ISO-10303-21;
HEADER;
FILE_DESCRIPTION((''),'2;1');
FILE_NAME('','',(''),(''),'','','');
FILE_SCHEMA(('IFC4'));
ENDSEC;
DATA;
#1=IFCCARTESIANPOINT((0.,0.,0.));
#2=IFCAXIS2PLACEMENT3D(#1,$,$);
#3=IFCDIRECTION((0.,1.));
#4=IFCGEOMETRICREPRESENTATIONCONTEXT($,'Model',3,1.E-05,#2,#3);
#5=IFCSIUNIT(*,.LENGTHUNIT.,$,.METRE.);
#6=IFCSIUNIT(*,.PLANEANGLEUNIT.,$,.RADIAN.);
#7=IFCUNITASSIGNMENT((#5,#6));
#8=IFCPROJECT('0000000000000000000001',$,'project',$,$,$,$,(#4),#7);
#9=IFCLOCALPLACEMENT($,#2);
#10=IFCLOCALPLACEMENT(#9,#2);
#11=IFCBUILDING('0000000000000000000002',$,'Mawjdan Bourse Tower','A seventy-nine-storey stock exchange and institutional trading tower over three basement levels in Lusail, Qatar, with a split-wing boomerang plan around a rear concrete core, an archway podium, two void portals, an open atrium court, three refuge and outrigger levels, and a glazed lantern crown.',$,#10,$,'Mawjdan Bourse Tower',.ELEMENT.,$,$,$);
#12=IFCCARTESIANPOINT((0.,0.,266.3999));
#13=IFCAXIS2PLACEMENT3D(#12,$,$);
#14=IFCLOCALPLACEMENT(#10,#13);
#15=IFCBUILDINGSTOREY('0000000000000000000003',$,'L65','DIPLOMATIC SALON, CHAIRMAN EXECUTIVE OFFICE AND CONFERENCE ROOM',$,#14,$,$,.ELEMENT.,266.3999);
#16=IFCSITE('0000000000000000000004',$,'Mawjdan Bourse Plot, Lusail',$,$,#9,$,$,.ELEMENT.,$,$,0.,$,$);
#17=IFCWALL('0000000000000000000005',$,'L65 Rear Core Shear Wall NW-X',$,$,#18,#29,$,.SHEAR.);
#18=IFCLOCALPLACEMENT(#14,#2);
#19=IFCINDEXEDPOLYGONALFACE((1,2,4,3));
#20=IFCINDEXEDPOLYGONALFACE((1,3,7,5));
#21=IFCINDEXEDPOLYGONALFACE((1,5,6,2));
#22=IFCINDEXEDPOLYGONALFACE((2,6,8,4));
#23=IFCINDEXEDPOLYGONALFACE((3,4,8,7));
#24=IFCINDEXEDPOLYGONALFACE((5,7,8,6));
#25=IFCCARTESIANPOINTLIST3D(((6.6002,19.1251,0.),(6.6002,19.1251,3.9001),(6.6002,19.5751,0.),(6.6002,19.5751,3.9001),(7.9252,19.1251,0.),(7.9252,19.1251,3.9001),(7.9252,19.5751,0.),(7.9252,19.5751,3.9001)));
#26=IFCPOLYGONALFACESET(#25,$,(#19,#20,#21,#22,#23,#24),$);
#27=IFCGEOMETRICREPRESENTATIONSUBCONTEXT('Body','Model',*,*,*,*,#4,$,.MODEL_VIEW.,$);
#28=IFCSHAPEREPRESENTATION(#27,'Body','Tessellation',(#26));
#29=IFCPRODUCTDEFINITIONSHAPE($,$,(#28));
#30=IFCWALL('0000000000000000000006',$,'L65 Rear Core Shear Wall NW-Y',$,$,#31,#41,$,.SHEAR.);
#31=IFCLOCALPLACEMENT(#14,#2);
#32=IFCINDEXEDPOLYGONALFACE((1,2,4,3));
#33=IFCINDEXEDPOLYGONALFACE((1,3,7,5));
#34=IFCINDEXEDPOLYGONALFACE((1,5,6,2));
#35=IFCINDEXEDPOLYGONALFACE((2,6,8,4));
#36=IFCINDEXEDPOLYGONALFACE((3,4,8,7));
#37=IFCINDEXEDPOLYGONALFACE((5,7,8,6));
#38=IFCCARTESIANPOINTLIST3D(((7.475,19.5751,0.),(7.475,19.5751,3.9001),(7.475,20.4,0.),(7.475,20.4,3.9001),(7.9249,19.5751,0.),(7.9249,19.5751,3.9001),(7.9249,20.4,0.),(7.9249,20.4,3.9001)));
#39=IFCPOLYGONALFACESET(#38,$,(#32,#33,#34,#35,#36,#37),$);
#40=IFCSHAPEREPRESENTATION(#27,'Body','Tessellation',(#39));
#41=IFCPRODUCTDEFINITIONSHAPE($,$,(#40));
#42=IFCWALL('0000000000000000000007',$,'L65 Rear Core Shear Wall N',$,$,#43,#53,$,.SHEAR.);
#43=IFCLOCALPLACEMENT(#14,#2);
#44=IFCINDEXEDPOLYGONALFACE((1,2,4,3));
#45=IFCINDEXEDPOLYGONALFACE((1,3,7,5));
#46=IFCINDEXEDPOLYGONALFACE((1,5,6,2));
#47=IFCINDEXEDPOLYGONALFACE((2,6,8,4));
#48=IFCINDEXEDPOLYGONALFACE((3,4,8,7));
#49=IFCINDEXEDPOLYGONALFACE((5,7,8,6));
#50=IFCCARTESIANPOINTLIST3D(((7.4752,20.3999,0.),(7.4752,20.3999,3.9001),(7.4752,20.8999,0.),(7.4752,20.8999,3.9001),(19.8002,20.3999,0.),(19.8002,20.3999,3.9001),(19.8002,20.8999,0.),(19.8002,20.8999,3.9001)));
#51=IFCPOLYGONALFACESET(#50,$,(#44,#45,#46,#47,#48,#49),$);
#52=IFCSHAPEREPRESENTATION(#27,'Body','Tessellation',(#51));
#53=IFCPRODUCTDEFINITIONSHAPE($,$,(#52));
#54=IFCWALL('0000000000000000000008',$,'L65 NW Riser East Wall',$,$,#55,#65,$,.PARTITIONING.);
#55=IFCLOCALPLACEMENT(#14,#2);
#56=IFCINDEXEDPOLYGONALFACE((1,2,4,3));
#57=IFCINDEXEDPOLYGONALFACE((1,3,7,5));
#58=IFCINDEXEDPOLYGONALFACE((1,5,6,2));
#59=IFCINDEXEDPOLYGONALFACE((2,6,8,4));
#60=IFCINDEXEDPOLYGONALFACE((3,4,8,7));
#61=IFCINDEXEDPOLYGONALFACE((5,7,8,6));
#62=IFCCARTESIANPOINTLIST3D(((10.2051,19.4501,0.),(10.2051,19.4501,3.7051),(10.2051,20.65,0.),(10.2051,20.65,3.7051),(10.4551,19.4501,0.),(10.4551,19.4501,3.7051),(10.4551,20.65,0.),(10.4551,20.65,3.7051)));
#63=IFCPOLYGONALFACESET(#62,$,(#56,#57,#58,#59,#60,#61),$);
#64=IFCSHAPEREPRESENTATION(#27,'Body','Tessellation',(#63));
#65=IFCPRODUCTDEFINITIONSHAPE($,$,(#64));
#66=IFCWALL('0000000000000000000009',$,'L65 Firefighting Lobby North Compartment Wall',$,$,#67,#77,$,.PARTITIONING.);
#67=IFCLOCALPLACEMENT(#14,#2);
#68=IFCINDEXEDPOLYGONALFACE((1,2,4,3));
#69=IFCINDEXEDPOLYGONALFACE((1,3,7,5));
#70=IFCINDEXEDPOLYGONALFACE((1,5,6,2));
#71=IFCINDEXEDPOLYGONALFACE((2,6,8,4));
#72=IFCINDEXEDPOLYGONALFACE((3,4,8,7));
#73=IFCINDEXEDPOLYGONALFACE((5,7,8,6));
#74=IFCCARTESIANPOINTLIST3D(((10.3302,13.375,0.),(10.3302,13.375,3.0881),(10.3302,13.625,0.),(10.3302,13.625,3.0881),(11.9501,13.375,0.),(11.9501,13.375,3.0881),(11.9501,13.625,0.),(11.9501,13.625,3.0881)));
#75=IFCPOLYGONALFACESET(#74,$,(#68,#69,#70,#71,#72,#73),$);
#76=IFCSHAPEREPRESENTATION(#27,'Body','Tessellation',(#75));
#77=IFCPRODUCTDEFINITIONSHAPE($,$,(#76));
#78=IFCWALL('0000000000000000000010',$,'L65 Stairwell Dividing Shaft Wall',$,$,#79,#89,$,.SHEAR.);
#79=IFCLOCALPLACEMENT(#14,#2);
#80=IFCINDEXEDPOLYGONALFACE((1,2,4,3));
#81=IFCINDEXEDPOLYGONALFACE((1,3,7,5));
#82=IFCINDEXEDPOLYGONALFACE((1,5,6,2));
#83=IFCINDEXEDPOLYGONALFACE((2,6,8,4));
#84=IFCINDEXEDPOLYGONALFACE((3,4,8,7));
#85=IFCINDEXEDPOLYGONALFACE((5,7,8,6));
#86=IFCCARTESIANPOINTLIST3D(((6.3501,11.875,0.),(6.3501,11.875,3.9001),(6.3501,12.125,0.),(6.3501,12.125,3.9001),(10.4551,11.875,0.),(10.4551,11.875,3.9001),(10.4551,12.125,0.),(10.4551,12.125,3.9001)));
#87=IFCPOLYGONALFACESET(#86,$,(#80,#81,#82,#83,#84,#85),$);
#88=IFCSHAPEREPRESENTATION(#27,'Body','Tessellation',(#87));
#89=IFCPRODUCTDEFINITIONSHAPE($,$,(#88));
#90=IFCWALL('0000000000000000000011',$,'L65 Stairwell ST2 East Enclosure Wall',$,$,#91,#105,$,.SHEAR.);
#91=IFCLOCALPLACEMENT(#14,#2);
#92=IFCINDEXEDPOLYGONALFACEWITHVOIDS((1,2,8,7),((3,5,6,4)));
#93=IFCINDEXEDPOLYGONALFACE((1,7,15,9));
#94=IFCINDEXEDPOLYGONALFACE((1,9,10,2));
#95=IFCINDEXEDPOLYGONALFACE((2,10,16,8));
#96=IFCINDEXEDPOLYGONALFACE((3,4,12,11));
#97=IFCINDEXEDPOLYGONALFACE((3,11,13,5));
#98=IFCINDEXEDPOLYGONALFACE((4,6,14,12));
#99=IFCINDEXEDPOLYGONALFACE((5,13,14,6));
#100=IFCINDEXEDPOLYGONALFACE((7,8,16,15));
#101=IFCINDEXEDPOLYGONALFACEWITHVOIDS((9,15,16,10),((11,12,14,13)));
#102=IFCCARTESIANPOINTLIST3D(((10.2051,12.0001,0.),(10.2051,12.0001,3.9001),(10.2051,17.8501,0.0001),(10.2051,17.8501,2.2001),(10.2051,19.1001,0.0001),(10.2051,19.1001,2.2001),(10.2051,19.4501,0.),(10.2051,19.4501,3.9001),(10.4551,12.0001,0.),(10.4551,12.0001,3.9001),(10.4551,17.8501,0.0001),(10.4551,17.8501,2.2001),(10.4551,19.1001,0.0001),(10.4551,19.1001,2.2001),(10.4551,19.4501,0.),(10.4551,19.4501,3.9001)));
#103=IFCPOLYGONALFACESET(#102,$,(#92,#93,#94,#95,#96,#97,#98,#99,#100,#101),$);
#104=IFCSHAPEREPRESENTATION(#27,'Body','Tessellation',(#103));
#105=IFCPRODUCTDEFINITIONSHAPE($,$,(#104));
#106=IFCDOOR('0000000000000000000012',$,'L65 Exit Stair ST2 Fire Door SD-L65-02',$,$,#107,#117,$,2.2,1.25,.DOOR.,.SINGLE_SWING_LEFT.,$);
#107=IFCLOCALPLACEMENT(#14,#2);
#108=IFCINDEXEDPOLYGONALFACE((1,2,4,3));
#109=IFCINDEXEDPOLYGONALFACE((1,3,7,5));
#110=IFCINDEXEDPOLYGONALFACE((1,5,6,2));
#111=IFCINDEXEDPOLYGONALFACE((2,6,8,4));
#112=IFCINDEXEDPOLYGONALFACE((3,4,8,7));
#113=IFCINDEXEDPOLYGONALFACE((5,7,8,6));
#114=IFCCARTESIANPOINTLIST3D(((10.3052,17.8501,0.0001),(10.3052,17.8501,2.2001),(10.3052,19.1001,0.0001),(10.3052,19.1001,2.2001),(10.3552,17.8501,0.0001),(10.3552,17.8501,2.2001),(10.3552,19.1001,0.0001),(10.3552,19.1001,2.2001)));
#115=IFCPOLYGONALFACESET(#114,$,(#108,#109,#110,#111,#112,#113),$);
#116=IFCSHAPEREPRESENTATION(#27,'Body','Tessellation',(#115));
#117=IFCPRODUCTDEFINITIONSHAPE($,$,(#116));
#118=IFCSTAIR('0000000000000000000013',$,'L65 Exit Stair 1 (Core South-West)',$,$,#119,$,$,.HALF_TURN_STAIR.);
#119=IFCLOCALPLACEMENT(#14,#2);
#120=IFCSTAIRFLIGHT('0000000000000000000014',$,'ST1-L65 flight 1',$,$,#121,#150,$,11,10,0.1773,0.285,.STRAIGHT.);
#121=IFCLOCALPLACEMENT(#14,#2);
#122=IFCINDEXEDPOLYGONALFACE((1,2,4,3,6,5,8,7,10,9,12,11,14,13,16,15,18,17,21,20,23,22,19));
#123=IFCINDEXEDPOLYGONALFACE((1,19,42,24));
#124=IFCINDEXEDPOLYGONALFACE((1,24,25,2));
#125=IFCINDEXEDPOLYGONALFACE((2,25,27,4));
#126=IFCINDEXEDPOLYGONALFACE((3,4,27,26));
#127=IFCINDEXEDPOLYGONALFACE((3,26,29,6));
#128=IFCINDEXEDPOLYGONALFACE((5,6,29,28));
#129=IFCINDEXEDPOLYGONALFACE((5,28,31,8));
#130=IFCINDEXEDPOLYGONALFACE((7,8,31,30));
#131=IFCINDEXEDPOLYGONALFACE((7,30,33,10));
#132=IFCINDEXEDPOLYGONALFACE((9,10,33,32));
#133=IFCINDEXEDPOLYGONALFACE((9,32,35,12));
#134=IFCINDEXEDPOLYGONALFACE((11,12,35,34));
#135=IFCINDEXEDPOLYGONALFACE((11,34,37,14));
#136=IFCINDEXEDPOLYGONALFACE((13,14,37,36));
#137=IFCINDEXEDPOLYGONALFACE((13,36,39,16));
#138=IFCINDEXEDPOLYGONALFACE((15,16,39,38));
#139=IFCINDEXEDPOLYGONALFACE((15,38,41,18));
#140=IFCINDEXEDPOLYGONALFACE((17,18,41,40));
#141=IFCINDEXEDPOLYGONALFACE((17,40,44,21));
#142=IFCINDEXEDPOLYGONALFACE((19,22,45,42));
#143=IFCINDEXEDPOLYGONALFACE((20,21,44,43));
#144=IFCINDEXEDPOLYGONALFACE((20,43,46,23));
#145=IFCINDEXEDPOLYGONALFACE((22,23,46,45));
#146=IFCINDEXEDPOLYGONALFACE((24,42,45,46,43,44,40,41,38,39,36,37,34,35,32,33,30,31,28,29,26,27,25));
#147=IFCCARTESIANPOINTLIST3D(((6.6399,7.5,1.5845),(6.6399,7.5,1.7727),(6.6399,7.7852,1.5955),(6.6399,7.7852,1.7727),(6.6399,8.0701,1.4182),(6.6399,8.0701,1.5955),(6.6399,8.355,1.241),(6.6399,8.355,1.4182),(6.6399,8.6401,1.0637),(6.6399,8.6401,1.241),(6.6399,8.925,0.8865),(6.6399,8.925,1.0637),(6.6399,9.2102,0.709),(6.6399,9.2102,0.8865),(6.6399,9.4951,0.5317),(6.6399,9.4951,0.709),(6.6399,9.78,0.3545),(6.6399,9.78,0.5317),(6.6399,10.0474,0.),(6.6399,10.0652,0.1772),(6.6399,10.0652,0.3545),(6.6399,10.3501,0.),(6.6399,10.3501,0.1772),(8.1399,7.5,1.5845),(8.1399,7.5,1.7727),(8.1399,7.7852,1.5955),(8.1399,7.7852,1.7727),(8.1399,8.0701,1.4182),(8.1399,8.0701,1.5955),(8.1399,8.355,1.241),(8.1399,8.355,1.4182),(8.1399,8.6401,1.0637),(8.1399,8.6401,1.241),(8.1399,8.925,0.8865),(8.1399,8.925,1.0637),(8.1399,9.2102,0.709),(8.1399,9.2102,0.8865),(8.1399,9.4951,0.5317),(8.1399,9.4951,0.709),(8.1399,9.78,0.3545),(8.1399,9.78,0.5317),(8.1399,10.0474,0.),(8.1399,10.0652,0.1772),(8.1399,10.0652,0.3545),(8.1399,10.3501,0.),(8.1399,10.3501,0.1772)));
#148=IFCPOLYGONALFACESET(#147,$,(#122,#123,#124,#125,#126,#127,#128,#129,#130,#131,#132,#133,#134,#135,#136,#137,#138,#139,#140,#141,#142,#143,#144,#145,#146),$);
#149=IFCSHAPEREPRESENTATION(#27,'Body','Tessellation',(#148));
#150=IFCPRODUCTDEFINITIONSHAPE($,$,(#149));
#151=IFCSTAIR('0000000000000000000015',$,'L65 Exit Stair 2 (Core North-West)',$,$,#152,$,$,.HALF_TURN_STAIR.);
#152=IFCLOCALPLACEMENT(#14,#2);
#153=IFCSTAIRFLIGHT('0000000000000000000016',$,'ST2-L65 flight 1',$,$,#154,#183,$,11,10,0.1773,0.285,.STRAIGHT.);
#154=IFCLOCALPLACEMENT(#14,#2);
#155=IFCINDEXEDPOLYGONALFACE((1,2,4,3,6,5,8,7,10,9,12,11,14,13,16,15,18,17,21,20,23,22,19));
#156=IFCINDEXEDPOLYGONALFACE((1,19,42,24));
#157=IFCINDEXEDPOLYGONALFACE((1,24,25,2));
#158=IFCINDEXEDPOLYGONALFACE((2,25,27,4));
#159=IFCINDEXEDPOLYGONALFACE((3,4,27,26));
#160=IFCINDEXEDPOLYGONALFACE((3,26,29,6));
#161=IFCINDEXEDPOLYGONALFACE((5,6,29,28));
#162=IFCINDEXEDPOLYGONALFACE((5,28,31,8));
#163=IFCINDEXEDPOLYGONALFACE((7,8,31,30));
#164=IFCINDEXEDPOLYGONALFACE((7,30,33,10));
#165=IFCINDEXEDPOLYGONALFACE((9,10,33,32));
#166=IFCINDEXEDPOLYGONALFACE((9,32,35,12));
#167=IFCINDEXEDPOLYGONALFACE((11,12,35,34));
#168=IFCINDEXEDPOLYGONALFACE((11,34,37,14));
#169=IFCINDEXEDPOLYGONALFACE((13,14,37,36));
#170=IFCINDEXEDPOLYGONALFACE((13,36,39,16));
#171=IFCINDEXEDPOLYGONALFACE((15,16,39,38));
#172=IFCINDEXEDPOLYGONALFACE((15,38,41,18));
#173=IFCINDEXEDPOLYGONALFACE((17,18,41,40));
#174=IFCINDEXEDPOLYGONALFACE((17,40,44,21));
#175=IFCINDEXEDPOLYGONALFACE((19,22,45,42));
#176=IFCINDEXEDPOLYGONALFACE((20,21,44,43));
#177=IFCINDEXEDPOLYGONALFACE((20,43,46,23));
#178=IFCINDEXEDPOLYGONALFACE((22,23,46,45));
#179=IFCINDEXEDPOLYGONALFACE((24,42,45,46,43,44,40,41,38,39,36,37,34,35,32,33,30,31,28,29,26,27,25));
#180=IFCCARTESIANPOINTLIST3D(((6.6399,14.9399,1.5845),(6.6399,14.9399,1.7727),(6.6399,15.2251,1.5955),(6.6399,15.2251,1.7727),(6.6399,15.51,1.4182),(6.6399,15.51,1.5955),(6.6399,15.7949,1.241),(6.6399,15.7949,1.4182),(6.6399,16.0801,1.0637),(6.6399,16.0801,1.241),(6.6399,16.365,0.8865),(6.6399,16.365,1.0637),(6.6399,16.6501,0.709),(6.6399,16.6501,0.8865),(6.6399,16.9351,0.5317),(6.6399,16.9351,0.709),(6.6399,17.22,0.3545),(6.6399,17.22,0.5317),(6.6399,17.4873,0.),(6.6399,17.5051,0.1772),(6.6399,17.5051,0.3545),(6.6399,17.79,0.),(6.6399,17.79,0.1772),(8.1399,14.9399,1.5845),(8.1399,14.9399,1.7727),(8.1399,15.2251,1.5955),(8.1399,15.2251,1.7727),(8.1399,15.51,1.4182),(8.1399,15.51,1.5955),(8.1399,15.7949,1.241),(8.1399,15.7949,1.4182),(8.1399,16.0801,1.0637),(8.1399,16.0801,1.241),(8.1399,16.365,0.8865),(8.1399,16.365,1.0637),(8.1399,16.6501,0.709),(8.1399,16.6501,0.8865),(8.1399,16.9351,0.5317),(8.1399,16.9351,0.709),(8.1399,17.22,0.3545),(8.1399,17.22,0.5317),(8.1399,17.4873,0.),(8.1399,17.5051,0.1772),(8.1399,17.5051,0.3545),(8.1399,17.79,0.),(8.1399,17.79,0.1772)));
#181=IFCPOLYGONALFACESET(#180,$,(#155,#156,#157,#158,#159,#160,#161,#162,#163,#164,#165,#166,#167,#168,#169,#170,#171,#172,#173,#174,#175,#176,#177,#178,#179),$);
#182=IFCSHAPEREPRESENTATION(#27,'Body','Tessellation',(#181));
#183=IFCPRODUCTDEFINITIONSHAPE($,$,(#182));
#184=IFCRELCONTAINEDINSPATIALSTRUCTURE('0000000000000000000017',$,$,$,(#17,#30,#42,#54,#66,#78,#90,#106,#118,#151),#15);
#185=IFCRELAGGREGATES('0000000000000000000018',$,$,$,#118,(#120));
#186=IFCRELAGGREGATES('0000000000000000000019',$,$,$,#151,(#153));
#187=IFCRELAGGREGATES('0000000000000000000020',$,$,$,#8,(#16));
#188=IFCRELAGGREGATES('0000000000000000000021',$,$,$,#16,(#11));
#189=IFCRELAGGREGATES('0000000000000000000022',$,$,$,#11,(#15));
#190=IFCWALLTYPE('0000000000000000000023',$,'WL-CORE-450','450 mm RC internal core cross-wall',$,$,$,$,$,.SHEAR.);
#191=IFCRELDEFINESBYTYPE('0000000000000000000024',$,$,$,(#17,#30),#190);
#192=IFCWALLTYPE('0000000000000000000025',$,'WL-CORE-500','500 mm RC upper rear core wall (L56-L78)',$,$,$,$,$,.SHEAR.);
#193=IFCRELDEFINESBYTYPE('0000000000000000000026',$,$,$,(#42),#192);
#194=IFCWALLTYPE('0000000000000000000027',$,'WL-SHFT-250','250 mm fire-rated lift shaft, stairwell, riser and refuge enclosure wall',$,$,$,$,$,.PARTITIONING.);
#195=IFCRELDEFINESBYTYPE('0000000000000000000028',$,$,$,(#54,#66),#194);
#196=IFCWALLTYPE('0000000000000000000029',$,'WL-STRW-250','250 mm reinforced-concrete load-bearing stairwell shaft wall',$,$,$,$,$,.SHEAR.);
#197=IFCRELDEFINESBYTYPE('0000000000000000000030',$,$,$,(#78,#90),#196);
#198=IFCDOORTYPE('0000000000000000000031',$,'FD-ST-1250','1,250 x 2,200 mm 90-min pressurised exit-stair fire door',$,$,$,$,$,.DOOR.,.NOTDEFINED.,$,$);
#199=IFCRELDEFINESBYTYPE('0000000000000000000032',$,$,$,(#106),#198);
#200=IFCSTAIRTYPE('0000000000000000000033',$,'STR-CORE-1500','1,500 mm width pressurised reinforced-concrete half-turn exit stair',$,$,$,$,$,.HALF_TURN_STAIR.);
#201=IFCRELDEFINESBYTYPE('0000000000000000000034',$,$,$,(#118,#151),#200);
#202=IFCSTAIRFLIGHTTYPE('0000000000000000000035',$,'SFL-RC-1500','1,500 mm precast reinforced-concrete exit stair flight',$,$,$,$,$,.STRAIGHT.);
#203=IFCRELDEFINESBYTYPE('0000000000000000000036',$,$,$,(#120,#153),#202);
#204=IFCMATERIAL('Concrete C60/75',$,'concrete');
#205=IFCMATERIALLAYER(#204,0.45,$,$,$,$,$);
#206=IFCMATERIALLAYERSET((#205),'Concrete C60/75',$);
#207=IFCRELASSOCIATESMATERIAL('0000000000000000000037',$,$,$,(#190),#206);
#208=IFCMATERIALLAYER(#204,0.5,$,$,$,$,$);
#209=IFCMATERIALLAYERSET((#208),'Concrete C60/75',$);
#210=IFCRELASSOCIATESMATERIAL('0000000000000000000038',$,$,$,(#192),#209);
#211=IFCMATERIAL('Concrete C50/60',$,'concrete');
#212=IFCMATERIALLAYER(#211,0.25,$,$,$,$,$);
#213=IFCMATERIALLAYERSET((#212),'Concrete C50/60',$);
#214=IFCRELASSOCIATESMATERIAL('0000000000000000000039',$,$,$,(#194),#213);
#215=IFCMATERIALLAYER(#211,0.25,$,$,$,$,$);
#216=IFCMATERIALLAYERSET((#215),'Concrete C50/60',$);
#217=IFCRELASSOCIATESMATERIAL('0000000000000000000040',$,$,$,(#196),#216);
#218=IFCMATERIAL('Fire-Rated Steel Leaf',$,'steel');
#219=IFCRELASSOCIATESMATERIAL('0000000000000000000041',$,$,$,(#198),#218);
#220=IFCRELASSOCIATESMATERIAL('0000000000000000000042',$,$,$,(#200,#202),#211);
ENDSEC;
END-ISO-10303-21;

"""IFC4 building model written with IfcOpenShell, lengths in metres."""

from ifc_helpers import new_model, si_unit, direction, frame, frame_2d, origin, place, context, subcontext, project, spatial, polyline, rectangle, outline, extrude, material, layer, layer_set, type_object, element, fill, aggregate, save


model = new_model("IFC4")

# Units and contexts
model_context = context("Model", 3, precision=1e-05, world=origin(), true_north=direction((0.0, 1.0)))
body_context = subcontext(model_context, "Body", "Model", "MODEL_VIEW")
ifc_project = project(units=[si_unit("LENGTHUNIT", "METRE"), si_unit("PLANEANGLEUNIT", "RADIAN")], contexts=[model_context])

# Site, building, storey
site_placement = place(None, origin())
site = spatial("IfcSite", under=ifc_project, at=site_placement, Name="Mawjdan Bourse Plot, Lusail", CompositionType="ELEMENT", RefElevation=0.0)
building_placement = place(site_placement, origin())
building = spatial("IfcBuilding", under=site, at=building_placement, Name="Mawjdan Bourse Tower", Description="A seventy-nine-storey stock exchange and institutional trading tower over three basement levels in Lusail, Qatar, with a split-wing boomerang plan around a rear concrete core, an archway podium, two void portals, an open atrium court, three refuge and outrigger levels, and a glazed lantern crown.", LongName="Mawjdan Bourse Tower", CompositionType="ELEMENT")
storey_placement = place(building_placement, frame((0.0, 0.0, 266.3999)))
storey = spatial("IfcBuildingStorey", under=building, at=storey_placement, Name="L65", Description="DIPLOMATIC SALON, CHAIRMAN EXECUTIVE OFFICE AND CONFERENCE ROOM", CompositionType="ELEMENT", Elevation=266.3999)

# Walls
ifc_material_1 = material(Name="Concrete C60/75", Category="concrete")
ifc_layer_1 = layer(ifc_material_1, 0.45)
ifc_layer_set_1 = layer_set([ifc_layer_1], Name="Concrete C60/75")
wall_type_1 = type_object("IfcWallType", Name="WL-CORE-450", Description="450 mm RC internal core cross-wall", PredefinedType="SHEAR", material=ifc_layer_set_1)
wall_1_placement = place(storey_placement, frame((6.6001, 19.3501, 0.0), z_axis=(0.0, 0.0, 1.0), x_axis=(1.0, 0.0, 0.0)))
element("IfcWall", 1, at=wall_1_placement, inside=storey, type_object=wall_type_1, Name="L65 Rear Core Shear Wall NW-X", PredefinedType="SHEAR", context=body_context, shape_type="SweptSolid", body=[
    extrude(rectangle(XDim=1.325, YDim=0.45, at=frame_2d((0.6626, 0.0))), origin(), (0.0, 0.0, 1.0), 3.9001),
])
wall_2_placement = place(storey_placement, frame((7.7, 19.575, 0.0), z_axis=(0.0, 0.0, 1.0), x_axis=(0.0, 1.0, 0.0)))
element("IfcWall", 2, at=wall_2_placement, inside=storey, type_object=wall_type_1, Name="L65 Rear Core Shear Wall NW-Y", PredefinedType="SHEAR", context=body_context, shape_type="SweptSolid", body=[
    extrude(rectangle(XDim=0.825, YDim=0.45, at=frame_2d((0.4126, 0.0))), origin(), (0.0, 0.0, 1.0), 3.9001),
])
ifc_layer_2 = layer(ifc_material_1, 0.5)
ifc_layer_set_2 = layer_set([ifc_layer_2], Name="Concrete C60/75")
wall_type_2 = type_object("IfcWallType", Name="WL-CORE-500", Description="500 mm RC upper rear core wall (L56-L78)", PredefinedType="SHEAR", material=ifc_layer_set_2)
wall_3_placement = place(storey_placement, frame((7.4751, 20.6499, 0.0), z_axis=(0.0, 0.0, 1.0), x_axis=(1.0, 0.0, 0.0)))
element("IfcWall", 3, at=wall_3_placement, inside=storey, type_object=wall_type_2, Name="L65 Rear Core Shear Wall N", PredefinedType="SHEAR", context=body_context, shape_type="SweptSolid", body=[
    extrude(rectangle(XDim=12.325, YDim=0.5, at=frame_2d((6.1626, 0.0))), origin(), (0.0, 0.0, 1.0), 3.9001),
])
ifc_material_2 = material(Name="Concrete C50/60", Category="concrete")
ifc_layer_3 = layer(ifc_material_2, 0.25)
ifc_layer_set_3 = layer_set([ifc_layer_3], Name="Concrete C50/60")
wall_type_3 = type_object("IfcWallType", Name="WL-SHFT-250", Description="250 mm fire-rated lift shaft, stairwell, riser and refuge enclosure wall", PredefinedType="PARTITIONING", material=ifc_layer_set_3)
wall_4_placement = place(storey_placement, frame((10.3301, 19.45, 0.0), z_axis=(0.0, 0.0, 1.0), x_axis=(0.0, 1.0, 0.0)))
element("IfcWall", 4, at=wall_4_placement, inside=storey, type_object=wall_type_3, Name="L65 NW Riser East Wall", PredefinedType="PARTITIONING", context=body_context, shape_type="SweptSolid", body=[
    extrude(rectangle(XDim=1.2, YDim=0.25, at=frame_2d((0.6001, 0.0))), origin(), (0.0, 0.0, 1.0), 3.7051),
])
wall_5_placement = place(storey_placement, frame((10.3301, 13.5, 0.0), z_axis=(0.0, 0.0, 1.0), x_axis=(1.0, 0.0, 0.0)))
element("IfcWall", 5, at=wall_5_placement, inside=storey, type_object=wall_type_3, Name="L65 Firefighting Lobby North Compartment Wall", PredefinedType="PARTITIONING", context=body_context, shape_type="SweptSolid", body=[
    extrude(rectangle(XDim=1.6199, YDim=0.25, at=frame_2d((0.8101, 0.0))), origin(), (0.0, 0.0, 1.0), 3.0881),
])
ifc_layer_4 = layer(ifc_material_2, 0.25)
ifc_layer_set_4 = layer_set([ifc_layer_4], Name="Concrete C50/60")
wall_type_4 = type_object("IfcWallType", Name="WL-STRW-250", Description="250 mm reinforced-concrete load-bearing stairwell shaft wall", PredefinedType="SHEAR", material=ifc_layer_set_4)
wall_6_placement = place(storey_placement, frame((6.3501, 12.0, 0.0), z_axis=(0.0, 0.0, 1.0), x_axis=(1.0, 0.0, 0.0)))
element("IfcWall", 6, at=wall_6_placement, inside=storey, type_object=wall_type_4, Name="L65 Stairwell Dividing Shaft Wall", PredefinedType="SHEAR", context=body_context, shape_type="SweptSolid", body=[
    extrude(rectangle(XDim=4.105, YDim=0.25, at=frame_2d((2.0525, 0.0))), origin(), (0.0, 0.0, 1.0), 3.9001),
])

# Wall, opening, door
wall_7_placement = place(storey_placement, frame((10.3301, 12.0, 0.0), z_axis=(0.0, 0.0, 1.0), x_axis=(0.0, 1.0, 0.0)))
wall_7 = element("IfcWall", 7, at=wall_7_placement, inside=storey, type_object=wall_type_4, Name="L65 Stairwell ST2 East Enclosure Wall", PredefinedType="SHEAR", context=body_context, shape_type="SweptSolid", body=[
    extrude(rectangle(XDim=7.45, YDim=0.25, at=frame_2d((3.7251, 0.0))), origin(), (0.0, 0.0, 1.0), 3.9001),
])
opening_placement = place(wall_7_placement, frame((5.8501, 0.0, 0.0)))
opening = element("IfcOpeningElement", 8, at=opening_placement, cuts=wall_7, PredefinedType="OPENING", context=body_context, shape_type="SweptSolid", body=[
    extrude(rectangle(XDim=1.25, YDim=2.2, at=frame_2d((0.625, 1.1001))), frame((0.0, 0.135, 0.0), z_axis=(0.0, -1.0, 0.0), x_axis=(1.0, 0.0, 0.0)), (0.0, 0.0, 1.0), 0.27),
])
ifc_material_3 = material(Name="Fire-Rated Steel Leaf", Category="steel")
door_type = type_object("IfcDoorType", Name="FD-ST-1250", Description="1,250 x 2,200 mm 90-min pressurised exit-stair fire door", OperationType="NOTDEFINED", PredefinedType="DOOR", material=ifc_material_3)
door_placement = place(opening_placement, origin())
door = element("IfcDoor", 9, at=door_placement, inside=storey, type_object=door_type, Name="L65 Exit Stair ST2 Fire Door SD-L65-02", OperationType="SINGLE_SWING_LEFT", OverallHeight=2.2, OverallWidth=1.25, PredefinedType="DOOR", context=body_context, shape_type="SweptSolid", body=[
    extrude(rectangle(XDim=1.25, YDim=2.2, at=frame_2d((0.625, 1.1001))), frame((0.0, 0.0249, 0.0), z_axis=(0.0, -1.0, 0.0), x_axis=(1.0, 0.0, 0.0)), (0.0, 0.0, 1.0), 0.05),
])
fill(opening, door)

# Stair, stair flight
stair_type = type_object("IfcStairType", Name="STR-CORE-1500", Description="1,500 mm width pressurised reinforced-concrete half-turn exit stair", PredefinedType="HALF_TURN_STAIR", material=ifc_material_2)
stair_1_placement = place(storey_placement, origin())
stair_1 = element("IfcStair", 10, at=stair_1_placement, inside=storey, type_object=stair_type, Name="L65 Exit Stair 1 (Core South-West)", PredefinedType="HALF_TURN_STAIR")
stair_flight_type = type_object("IfcStairFlightType", Name="SFL-RC-1500", Description="1,500 mm precast reinforced-concrete exit stair flight", PredefinedType="STRAIGHT", material=ifc_material_2)
stair_flight_1_placement = place(storey_placement, frame((7.3899, 10.3501, 0.0), z_axis=(0.0, 0.0, 1.0), x_axis=(0.0, -1.0, 0.0)))
stair_flight_1 = element("IfcStairFlight", 11, at=stair_flight_1_placement, type_object=stair_flight_type, Name="ST1-L65 flight 1", NumberOfRisers=11, NumberOfTreads=10, PredefinedType="STRAIGHT", RiserHeight=0.1773, TreadLength=0.285, context=body_context, shape_type="SweptSolid", body=[
    extrude(outline(polyline([(0.0, 0.0), (0.0, 0.1772), (0.2849, 0.1772), (0.2849, 0.3545), (0.5701, 0.3545), (0.5701, 0.5317), (0.855, 0.5317), (0.855, 0.709), (1.1399, 0.709), (1.1399, 0.8865), (1.425, 0.8865), (1.425, 1.0637), (1.71, 1.0637), (1.71, 1.241), (1.9951, 1.241), (1.9951, 1.4182), (2.28, 1.4182), (2.28, 1.5955), (2.5649, 1.5955), (2.5649, 1.7727), (2.8501, 1.7727), (2.8501, 1.95), (2.8501, 1.5845), (0.3027, 0.0), (0.0, 0.0)])), frame((0.0, 0.75, 0.0), z_axis=(0.0, -1.0, 0.0), x_axis=(1.0, 0.0, 0.0)), (0.0, 0.0, 1.0), 1.5),
])
aggregate(stair_1, [stair_flight_1])

# Stair, stair flight
stair_2_placement = place(storey_placement, origin())
stair_2 = element("IfcStair", 12, at=stair_2_placement, inside=storey, type_object=stair_type, Name="L65 Exit Stair 2 (Core North-West)", PredefinedType="HALF_TURN_STAIR")
stair_flight_2_placement = place(storey_placement, frame((7.3899, 17.79, 0.0), z_axis=(0.0, 0.0, 1.0), x_axis=(0.0, -1.0, 0.0)))
stair_flight_2 = element("IfcStairFlight", 13, at=stair_flight_2_placement, type_object=stair_flight_type, Name="ST2-L65 flight 1", NumberOfRisers=11, NumberOfTreads=10, PredefinedType="STRAIGHT", RiserHeight=0.1773, TreadLength=0.285, context=body_context, shape_type="SweptSolid", body=[
    extrude(outline(polyline([(0.0, 0.0), (0.0, 0.1772), (0.2849, 0.1772), (0.2849, 0.3545), (0.5701, 0.3545), (0.5701, 0.5317), (0.855, 0.5317), (0.855, 0.709), (1.1399, 0.709), (1.1399, 0.8865), (1.425, 0.8865), (1.425, 1.0637), (1.71, 1.0637), (1.71, 1.241), (1.9951, 1.241), (1.9951, 1.4182), (2.28, 1.4182), (2.28, 1.5955), (2.5649, 1.5955), (2.5649, 1.7727), (2.8501, 1.7727), (2.8501, 1.95), (2.8501, 1.5845), (0.3027, 0.0), (0.0, 0.0)])), frame((0.0, 0.75, 0.0), z_axis=(0.0, -1.0, 0.0), x_axis=(1.0, 0.0, 0.0)), (0.0, 0.0, 1.0), 1.5),
])
aggregate(stair_2, [stair_flight_2])

save(model, "model.ifc")
